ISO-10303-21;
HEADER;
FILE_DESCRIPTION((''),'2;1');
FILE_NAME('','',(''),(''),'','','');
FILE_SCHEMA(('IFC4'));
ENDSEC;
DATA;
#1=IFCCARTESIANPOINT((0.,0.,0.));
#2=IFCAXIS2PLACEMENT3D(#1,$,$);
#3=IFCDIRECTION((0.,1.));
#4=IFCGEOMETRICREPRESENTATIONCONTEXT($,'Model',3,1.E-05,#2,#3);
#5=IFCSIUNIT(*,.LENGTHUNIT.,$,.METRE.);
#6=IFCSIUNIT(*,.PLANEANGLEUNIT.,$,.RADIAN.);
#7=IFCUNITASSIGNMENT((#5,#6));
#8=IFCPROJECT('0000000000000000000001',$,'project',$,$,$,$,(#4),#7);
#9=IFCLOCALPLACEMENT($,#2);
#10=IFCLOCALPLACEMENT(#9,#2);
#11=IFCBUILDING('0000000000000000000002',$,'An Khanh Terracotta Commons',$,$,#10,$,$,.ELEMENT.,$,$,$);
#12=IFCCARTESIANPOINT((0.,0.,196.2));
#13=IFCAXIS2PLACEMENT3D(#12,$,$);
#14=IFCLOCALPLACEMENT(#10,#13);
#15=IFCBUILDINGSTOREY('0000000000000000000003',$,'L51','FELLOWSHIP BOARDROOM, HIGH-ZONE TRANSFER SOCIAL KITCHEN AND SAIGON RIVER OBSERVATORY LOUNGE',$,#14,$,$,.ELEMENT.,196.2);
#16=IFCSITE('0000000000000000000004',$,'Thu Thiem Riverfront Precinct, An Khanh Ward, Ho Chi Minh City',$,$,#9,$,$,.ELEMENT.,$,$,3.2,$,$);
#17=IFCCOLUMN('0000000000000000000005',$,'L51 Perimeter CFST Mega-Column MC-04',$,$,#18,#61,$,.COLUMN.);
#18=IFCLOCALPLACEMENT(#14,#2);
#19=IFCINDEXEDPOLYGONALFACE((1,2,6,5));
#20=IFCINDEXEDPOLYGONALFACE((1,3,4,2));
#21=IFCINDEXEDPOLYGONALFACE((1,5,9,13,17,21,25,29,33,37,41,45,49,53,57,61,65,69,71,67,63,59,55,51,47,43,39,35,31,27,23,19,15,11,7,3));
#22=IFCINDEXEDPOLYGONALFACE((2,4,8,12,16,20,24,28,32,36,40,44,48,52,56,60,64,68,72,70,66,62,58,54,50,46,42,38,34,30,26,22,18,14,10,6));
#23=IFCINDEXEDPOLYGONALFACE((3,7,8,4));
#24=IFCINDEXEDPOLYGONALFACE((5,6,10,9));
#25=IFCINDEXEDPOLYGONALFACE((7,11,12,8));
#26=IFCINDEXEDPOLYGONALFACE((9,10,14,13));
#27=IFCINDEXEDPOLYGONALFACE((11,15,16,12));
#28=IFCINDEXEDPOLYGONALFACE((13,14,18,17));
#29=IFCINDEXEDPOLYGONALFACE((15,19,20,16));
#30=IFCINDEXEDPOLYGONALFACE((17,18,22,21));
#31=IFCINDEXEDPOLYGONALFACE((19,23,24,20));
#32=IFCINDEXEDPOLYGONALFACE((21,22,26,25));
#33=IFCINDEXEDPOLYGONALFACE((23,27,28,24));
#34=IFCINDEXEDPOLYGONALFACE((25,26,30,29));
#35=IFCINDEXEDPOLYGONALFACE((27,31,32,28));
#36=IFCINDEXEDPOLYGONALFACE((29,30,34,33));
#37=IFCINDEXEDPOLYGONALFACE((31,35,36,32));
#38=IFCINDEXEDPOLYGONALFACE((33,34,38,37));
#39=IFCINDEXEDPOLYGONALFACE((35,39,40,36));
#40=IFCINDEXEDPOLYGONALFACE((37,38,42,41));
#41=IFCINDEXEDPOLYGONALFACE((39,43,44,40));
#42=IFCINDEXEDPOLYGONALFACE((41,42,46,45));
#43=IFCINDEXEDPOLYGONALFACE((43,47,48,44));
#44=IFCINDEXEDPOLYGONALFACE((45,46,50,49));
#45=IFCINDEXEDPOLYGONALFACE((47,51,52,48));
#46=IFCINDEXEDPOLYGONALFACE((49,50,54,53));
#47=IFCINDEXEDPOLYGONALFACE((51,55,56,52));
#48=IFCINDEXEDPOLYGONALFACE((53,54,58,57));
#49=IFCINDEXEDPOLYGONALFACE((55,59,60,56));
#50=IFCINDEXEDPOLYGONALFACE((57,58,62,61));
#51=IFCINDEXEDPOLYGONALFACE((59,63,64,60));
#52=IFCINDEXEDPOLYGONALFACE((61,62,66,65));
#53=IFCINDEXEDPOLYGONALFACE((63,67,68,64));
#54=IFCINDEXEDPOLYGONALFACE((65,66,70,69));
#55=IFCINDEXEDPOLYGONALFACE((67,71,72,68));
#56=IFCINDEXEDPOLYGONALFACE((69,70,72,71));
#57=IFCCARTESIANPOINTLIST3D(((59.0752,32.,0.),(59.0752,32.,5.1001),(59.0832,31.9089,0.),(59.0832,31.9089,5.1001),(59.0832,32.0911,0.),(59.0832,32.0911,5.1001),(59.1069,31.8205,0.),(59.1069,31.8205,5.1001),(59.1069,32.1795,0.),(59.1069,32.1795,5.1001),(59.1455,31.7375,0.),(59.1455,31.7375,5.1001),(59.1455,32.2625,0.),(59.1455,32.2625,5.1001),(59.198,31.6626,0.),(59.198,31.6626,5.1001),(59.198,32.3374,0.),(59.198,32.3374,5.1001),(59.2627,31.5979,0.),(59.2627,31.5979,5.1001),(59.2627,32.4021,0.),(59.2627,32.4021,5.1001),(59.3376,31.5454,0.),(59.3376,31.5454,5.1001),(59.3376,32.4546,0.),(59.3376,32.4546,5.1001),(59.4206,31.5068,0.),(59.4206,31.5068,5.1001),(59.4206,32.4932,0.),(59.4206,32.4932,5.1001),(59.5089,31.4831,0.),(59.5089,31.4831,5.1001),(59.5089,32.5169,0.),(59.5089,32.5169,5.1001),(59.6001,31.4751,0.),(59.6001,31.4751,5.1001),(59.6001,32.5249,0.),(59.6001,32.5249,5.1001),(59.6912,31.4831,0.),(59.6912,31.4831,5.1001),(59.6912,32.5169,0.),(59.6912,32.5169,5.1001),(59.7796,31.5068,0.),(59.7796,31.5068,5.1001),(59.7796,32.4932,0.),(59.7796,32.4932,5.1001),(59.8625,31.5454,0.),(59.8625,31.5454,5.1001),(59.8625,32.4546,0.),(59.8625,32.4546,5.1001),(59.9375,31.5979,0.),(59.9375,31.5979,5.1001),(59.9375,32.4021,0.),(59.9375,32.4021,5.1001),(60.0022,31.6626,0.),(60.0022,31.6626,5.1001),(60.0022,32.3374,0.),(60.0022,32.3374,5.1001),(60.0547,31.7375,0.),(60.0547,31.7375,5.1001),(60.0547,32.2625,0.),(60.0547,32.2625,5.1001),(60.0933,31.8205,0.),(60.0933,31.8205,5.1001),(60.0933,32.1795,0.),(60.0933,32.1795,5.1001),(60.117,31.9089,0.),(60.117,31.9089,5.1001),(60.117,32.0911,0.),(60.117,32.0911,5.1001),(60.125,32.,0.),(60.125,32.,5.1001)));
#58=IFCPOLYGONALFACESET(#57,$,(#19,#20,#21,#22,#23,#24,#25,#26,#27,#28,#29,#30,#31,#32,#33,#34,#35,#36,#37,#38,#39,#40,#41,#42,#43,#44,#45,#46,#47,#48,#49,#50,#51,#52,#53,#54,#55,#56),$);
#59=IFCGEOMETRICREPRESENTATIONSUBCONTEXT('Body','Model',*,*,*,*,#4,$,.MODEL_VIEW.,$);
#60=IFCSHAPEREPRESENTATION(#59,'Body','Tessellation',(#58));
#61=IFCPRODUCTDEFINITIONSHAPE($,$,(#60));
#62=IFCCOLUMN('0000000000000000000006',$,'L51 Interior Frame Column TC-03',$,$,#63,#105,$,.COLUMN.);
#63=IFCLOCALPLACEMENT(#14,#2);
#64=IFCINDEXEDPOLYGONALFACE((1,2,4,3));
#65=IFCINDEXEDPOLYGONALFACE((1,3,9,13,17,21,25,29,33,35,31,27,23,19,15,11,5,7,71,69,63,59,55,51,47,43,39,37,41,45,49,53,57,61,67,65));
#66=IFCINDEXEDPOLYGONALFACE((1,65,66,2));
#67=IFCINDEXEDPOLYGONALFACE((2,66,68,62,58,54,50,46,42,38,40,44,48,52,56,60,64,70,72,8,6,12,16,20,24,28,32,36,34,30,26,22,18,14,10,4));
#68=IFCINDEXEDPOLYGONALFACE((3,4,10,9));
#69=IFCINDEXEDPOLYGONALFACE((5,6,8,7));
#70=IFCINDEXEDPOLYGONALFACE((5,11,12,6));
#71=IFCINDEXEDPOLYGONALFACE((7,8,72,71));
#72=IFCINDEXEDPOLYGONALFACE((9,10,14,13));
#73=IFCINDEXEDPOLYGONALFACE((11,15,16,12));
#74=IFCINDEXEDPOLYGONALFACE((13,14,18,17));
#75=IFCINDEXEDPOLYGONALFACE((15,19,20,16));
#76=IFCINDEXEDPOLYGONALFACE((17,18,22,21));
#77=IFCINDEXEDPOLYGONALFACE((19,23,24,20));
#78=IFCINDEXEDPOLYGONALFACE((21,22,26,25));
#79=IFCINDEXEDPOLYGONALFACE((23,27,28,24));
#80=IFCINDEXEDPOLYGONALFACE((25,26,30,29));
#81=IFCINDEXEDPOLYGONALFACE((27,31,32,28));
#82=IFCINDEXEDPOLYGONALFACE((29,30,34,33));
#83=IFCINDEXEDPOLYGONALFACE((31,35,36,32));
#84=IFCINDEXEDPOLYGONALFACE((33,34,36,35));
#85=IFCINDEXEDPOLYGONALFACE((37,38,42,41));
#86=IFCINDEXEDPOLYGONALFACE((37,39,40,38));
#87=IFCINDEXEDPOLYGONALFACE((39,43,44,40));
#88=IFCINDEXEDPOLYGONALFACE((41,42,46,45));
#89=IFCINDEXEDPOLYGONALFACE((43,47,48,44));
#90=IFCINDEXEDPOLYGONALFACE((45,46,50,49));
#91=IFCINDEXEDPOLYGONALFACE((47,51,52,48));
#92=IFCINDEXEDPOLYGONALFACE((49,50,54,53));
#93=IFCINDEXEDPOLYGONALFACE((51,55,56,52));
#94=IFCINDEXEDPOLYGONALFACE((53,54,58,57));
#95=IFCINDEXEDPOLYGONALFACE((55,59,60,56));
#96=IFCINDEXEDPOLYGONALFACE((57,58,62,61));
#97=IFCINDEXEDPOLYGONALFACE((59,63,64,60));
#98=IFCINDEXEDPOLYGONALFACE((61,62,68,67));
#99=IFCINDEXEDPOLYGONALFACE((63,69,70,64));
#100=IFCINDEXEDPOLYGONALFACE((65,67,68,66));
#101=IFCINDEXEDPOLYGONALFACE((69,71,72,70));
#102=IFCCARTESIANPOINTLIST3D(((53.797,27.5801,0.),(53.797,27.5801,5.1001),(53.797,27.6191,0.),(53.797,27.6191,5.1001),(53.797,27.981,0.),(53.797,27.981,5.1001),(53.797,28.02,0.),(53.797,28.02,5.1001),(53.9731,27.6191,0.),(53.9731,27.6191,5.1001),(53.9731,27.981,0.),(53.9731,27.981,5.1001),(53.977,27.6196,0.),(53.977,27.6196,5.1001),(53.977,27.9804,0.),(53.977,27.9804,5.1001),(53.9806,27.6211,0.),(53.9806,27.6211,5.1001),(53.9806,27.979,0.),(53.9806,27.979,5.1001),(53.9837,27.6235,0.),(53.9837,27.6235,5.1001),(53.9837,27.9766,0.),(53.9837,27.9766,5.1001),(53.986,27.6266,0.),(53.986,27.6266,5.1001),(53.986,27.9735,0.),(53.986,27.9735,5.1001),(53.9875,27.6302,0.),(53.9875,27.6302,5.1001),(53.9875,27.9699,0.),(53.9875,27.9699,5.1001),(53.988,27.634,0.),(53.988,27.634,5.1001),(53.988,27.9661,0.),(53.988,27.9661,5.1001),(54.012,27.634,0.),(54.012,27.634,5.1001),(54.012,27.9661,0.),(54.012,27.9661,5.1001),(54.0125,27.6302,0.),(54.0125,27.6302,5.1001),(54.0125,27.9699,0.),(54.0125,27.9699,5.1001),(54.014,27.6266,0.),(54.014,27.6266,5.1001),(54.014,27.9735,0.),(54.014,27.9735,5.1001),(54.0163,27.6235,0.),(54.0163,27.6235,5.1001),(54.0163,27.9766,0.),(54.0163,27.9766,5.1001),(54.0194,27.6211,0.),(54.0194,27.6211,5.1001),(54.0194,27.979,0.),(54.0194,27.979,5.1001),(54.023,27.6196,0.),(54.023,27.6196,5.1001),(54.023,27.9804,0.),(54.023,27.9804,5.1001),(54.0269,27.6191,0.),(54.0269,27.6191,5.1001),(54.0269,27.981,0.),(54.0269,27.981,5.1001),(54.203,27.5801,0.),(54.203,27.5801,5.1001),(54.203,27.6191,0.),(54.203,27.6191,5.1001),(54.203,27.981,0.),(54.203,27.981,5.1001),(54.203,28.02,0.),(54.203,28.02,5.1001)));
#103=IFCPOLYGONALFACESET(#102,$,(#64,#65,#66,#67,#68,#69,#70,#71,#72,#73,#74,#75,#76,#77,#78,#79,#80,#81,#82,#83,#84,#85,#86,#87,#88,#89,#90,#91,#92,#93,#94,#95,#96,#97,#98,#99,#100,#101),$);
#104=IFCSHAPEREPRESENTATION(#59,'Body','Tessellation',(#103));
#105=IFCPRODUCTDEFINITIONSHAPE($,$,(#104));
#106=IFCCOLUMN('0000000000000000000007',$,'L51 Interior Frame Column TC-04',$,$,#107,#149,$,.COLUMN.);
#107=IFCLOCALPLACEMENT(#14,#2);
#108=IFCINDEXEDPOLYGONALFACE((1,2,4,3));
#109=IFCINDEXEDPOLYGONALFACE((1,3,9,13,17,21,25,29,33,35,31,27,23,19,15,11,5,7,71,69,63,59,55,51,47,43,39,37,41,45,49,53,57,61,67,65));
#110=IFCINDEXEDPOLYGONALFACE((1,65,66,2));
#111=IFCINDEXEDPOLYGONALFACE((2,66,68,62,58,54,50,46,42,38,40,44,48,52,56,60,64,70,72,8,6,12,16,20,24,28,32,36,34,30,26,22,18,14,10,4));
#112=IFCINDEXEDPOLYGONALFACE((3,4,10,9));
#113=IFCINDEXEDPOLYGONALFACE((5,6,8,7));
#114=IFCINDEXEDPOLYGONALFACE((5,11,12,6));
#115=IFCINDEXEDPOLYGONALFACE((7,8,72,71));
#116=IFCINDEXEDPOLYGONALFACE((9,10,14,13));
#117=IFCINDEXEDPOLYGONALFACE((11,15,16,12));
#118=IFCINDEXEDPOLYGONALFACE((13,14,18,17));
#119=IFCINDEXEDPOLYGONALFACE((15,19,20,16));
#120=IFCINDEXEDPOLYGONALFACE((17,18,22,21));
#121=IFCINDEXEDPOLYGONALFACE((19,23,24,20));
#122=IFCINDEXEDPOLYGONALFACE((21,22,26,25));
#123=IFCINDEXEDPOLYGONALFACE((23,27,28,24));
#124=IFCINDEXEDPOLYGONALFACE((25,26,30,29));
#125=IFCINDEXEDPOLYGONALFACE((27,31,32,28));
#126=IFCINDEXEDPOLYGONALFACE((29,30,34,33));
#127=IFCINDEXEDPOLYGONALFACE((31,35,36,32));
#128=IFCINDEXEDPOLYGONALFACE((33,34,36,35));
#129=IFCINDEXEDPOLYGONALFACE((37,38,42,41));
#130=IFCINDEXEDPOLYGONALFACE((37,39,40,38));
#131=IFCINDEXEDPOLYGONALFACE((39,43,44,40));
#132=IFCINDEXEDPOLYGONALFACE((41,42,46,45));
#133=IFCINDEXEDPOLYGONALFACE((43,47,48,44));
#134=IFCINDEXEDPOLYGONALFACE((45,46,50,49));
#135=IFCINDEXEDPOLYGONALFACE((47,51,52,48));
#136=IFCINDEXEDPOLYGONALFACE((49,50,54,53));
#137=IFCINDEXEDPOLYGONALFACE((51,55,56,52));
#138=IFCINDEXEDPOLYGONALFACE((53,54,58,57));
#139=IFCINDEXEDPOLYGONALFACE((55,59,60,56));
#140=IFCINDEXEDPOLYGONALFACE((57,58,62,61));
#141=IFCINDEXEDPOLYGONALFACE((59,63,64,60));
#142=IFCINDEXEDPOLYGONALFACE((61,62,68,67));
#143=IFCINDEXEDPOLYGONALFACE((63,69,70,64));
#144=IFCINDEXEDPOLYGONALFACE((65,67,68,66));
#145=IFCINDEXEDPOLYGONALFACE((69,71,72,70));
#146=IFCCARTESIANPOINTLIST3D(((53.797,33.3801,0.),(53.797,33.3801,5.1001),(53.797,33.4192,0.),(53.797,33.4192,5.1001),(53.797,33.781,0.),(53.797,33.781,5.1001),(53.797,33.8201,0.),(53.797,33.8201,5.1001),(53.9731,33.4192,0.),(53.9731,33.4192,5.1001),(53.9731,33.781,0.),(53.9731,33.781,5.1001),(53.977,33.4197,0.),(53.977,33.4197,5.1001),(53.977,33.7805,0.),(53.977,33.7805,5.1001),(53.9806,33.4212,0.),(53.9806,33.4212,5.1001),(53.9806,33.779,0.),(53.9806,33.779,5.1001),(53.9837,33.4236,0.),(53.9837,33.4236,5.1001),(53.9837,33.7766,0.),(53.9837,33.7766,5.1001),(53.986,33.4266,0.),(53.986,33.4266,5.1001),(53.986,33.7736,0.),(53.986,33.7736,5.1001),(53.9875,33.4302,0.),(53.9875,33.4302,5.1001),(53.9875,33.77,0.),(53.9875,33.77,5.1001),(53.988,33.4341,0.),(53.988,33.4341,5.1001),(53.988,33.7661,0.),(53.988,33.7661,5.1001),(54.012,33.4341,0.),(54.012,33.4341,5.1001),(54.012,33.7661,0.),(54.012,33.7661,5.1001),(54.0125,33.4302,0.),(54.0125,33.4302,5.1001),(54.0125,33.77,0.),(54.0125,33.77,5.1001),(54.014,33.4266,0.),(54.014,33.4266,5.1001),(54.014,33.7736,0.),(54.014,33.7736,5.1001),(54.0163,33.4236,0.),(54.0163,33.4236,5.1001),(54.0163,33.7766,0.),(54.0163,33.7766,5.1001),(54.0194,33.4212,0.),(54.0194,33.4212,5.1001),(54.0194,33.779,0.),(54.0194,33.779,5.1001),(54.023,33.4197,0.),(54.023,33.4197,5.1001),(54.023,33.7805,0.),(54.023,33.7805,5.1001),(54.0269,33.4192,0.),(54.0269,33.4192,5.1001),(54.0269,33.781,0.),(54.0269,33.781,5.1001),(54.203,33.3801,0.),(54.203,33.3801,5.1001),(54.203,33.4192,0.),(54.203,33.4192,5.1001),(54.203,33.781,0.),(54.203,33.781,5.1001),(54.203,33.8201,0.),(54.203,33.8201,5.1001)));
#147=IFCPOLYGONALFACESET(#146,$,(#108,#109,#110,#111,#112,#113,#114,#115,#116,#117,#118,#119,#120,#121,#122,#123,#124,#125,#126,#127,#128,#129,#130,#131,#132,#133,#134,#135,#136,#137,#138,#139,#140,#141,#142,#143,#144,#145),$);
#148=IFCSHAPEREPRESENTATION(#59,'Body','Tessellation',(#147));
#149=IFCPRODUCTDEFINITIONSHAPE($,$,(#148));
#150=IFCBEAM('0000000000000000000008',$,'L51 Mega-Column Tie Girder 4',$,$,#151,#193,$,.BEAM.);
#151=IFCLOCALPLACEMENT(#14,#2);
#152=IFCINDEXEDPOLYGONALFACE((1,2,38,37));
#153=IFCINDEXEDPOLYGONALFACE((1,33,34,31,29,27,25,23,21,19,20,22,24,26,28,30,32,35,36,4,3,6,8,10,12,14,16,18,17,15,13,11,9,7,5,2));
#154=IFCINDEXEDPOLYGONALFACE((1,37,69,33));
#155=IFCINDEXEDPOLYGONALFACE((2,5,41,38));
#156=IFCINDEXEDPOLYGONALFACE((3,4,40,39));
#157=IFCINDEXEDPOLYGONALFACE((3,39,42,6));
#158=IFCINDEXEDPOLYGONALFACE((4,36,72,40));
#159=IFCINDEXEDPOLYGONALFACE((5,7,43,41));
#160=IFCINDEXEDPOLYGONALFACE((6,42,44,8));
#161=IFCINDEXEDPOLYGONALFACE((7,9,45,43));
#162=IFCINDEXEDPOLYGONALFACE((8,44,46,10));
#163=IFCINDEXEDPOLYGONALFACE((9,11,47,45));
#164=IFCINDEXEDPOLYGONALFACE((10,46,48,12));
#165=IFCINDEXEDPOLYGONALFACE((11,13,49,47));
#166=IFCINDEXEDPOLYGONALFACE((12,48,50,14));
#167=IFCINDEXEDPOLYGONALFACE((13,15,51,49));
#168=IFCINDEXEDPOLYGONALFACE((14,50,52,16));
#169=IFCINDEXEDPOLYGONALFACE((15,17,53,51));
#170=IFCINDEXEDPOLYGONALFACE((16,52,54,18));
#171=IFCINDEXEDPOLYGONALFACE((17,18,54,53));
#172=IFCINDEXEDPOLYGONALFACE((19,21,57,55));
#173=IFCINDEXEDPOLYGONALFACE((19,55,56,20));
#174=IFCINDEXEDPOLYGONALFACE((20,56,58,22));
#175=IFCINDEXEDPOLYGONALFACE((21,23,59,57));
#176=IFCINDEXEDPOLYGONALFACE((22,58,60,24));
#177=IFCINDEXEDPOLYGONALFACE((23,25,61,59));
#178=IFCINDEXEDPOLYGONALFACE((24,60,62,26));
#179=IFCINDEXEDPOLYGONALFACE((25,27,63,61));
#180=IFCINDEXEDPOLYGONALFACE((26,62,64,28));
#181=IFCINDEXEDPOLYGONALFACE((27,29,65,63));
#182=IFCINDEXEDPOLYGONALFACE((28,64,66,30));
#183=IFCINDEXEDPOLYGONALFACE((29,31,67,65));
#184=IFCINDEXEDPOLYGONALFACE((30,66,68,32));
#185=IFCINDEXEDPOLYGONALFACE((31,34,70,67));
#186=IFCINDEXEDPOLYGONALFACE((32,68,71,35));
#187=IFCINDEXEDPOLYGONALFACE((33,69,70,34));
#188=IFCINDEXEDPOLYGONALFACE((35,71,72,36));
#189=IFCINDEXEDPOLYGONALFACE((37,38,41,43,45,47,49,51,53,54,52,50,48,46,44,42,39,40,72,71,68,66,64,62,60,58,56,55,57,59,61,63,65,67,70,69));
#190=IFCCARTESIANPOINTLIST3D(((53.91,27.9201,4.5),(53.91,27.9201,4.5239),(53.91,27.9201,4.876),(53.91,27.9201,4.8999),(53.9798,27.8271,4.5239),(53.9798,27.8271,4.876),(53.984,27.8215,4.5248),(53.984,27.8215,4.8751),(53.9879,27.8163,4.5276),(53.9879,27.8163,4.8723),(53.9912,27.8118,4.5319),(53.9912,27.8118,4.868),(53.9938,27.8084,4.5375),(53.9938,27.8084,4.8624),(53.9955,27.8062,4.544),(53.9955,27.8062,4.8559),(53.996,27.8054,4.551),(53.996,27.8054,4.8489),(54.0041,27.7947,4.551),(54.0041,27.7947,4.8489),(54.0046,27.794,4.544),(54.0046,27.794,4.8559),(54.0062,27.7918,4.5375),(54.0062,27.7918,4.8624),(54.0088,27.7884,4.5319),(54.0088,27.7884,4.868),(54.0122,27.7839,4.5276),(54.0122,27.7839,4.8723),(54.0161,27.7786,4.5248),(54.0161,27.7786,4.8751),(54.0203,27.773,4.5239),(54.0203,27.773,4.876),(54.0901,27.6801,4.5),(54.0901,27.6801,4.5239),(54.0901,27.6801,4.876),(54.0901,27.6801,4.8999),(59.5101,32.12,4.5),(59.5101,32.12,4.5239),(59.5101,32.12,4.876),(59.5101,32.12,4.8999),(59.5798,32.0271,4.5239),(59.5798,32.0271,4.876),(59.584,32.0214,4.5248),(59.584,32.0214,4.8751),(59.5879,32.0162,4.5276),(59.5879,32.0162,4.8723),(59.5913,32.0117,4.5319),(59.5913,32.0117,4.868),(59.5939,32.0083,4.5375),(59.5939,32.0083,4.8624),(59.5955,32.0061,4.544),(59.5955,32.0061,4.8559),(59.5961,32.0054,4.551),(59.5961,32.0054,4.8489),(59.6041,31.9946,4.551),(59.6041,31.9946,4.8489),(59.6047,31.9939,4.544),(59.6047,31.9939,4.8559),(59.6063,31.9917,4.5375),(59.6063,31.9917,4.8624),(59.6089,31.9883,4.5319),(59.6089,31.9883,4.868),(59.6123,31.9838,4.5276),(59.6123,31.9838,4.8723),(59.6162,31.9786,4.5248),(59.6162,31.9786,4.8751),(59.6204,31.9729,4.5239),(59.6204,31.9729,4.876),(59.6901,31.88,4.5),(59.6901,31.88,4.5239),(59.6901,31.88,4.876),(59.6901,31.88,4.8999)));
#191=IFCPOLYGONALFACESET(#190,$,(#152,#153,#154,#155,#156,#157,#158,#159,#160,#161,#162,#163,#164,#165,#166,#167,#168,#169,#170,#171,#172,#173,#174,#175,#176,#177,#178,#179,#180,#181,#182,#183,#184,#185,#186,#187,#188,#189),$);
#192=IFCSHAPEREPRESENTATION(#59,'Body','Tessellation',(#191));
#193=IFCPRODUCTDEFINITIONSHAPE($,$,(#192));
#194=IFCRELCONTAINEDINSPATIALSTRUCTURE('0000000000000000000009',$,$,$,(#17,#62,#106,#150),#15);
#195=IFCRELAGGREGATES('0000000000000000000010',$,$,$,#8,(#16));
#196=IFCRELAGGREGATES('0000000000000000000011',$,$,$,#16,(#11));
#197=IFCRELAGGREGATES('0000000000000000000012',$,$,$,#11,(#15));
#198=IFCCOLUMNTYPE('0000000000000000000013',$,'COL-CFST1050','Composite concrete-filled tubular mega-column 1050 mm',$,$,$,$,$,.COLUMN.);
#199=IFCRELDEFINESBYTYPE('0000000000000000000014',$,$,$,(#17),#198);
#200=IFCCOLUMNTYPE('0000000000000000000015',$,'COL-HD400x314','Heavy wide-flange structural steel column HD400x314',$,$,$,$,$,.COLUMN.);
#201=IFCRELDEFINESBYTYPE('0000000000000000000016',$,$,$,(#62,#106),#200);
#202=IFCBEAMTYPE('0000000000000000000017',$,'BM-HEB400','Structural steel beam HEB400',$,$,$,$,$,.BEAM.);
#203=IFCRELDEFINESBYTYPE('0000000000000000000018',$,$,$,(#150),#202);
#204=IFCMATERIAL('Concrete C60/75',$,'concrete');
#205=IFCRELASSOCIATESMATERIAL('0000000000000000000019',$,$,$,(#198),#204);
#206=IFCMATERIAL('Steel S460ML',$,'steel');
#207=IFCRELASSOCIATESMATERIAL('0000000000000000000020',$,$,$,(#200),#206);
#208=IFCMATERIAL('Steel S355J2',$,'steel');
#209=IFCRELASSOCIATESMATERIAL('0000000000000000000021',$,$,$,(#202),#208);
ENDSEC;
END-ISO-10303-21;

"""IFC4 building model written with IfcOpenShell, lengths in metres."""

from ifc_helpers import new_model, si_unit, direction, frame, origin, origin_2d, place, context, subcontext, project, spatial, circle, i_section, extrude, material, material_profile, profile_set, type_object, element, save


model = new_model("IFC4")

# Units and contexts
model_context = context("Model", 3, precision=1e-05, world=origin(), true_north=direction((0.0, 1.0)))
body_context = subcontext(model_context, "Body", "Model", "MODEL_VIEW")
ifc_project = project(units=[si_unit("LENGTHUNIT", "METRE"), si_unit("PLANEANGLEUNIT", "RADIAN")], contexts=[model_context])

# Site, building, storey
site_placement = place(None, origin())
site = spatial("IfcSite", under=ifc_project, at=site_placement, Name="Thu Thiem Riverfront Precinct, An Khanh Ward, Ho Chi Minh City", CompositionType="ELEMENT", RefElevation=3.2)
building_placement = place(site_placement, origin())
building = spatial("IfcBuilding", under=site, at=building_placement, Name="An Khanh Terracotta Commons", CompositionType="ELEMENT")
storey_placement = place(building_placement, frame((0.0, 0.0, 196.2)))
storey = spatial("IfcBuildingStorey", under=building, at=storey_placement, Name="L51", Description="FELLOWSHIP BOARDROOM, HIGH-ZONE TRANSFER SOCIAL KITCHEN AND SAIGON RIVER OBSERVATORY LOUNGE", CompositionType="ELEMENT", Elevation=196.2)

# Columns
ifc_material_1 = material(Name="Concrete C60/75", Category="concrete")
ifc_material_profile_1 = material_profile(ifc_material_1, circle(Radius=0.5249, at=origin_2d()), Name="CFST1050")
ifc_profile_set_1 = profile_set([ifc_material_profile_1], Name="Concrete C60/75")
column_type_1 = type_object("IfcColumnType", Name="COL-CFST1050", Description="Composite concrete-filled tubular mega-column 1050 mm", PredefinedType="COLUMN", material=ifc_profile_set_1)
column_placement = place(storey_placement, frame((59.6001, 32.0, 0.0), z_axis=(0.0, 0.0, 1.0), x_axis=(1.0, 0.0, 0.0)))
element("IfcColumn", 1, at=column_placement, inside=storey, type_object=column_type_1, Name="L51 Perimeter CFST Mega-Column MC-04", PredefinedType="COLUMN", context=body_context, shape_type="SweptSolid", body=[
    extrude(circle(Radius=0.5249, at=origin_2d()), origin(), (0.0, 0.0, 1.0), 5.1001),
])
ifc_material_2 = material(Name="Steel S460ML", Category="steel")
ifc_material_profile_2 = material_profile(ifc_material_2, i_section(OverallWidth=0.406, OverallDepth=0.4399, WebThickness=0.0239, FlangeThickness=0.0391, FilletRadius=0.0149, at=origin_2d()), Name="HD400x314")
ifc_profile_set_2 = profile_set([ifc_material_profile_2], Name="Steel S460ML")
column_type_2 = type_object("IfcColumnType", Name="COL-HD400x314", Description="Heavy wide-flange structural steel column HD400x314", PredefinedType="COLUMN", material=ifc_profile_set_2)
for number, where, z_axis, x_axis, name in (
    (2, (54.0, 27.8, 0.0), (0.0, 0.0, 1.0), (1.0, 0.0, 0.0), "L51 Interior Frame Column TC-03"),
    (3, (54.0, 33.6001, 0.0), (0.0, 0.0, 1.0), (1.0, 0.0, 0.0), "L51 Interior Frame Column TC-04"),
):
    element("IfcColumn", number, at=place(storey_placement, frame(where, z_axis=z_axis, x_axis=x_axis)), inside=storey, type_object=column_type_2, Name=name, PredefinedType="COLUMN", context=body_context, shape_type="SweptSolid", body=[
        extrude(i_section(OverallWidth=0.406, OverallDepth=0.4399, WebThickness=0.0239, FlangeThickness=0.0391, FilletRadius=0.0149, at=origin_2d()), origin(), (0.0, 0.0, 1.0), 5.1001),
    ])

# Beam
ifc_material_3 = material(Name="Steel S355J2", Category="steel")
ifc_material_profile_3 = material_profile(ifc_material_3, i_section(OverallWidth=0.3, OverallDepth=0.3999, WebThickness=0.0134, FlangeThickness=0.0239, FilletRadius=0.0271, at=origin_2d()), Name="HEB400")
ifc_profile_set_3 = profile_set([ifc_material_profile_3], Name="Steel S355J2")
beam_type_1 = type_object("IfcBeamType", Name="BM-HEB400", Description="Structural steel beam HEB400", PredefinedType="BEAM", material=ifc_profile_set_3)
beam_1_placement = place(storey_placement, frame((59.6001, 32.0, 4.7), z_axis=(-0.800008, -0.599989, 0.0), x_axis=(0.599989, -0.800008, 0.0)))
element("IfcBeam", 4, at=beam_1_placement, inside=storey, type_object=beam_type_1, Name="L51 Mega-Column Tie Girder 4", PredefinedType="BEAM", context=body_context, shape_type="SweptSolid", body=[
    extrude(i_section(OverallWidth=0.3, OverallDepth=0.3999, WebThickness=0.0134, FlangeThickness=0.0239, FilletRadius=0.0271, at=origin_2d()), origin(), (0.0, 0.0, 1.0), 7.0),
])

save(model, "model.ifc")
